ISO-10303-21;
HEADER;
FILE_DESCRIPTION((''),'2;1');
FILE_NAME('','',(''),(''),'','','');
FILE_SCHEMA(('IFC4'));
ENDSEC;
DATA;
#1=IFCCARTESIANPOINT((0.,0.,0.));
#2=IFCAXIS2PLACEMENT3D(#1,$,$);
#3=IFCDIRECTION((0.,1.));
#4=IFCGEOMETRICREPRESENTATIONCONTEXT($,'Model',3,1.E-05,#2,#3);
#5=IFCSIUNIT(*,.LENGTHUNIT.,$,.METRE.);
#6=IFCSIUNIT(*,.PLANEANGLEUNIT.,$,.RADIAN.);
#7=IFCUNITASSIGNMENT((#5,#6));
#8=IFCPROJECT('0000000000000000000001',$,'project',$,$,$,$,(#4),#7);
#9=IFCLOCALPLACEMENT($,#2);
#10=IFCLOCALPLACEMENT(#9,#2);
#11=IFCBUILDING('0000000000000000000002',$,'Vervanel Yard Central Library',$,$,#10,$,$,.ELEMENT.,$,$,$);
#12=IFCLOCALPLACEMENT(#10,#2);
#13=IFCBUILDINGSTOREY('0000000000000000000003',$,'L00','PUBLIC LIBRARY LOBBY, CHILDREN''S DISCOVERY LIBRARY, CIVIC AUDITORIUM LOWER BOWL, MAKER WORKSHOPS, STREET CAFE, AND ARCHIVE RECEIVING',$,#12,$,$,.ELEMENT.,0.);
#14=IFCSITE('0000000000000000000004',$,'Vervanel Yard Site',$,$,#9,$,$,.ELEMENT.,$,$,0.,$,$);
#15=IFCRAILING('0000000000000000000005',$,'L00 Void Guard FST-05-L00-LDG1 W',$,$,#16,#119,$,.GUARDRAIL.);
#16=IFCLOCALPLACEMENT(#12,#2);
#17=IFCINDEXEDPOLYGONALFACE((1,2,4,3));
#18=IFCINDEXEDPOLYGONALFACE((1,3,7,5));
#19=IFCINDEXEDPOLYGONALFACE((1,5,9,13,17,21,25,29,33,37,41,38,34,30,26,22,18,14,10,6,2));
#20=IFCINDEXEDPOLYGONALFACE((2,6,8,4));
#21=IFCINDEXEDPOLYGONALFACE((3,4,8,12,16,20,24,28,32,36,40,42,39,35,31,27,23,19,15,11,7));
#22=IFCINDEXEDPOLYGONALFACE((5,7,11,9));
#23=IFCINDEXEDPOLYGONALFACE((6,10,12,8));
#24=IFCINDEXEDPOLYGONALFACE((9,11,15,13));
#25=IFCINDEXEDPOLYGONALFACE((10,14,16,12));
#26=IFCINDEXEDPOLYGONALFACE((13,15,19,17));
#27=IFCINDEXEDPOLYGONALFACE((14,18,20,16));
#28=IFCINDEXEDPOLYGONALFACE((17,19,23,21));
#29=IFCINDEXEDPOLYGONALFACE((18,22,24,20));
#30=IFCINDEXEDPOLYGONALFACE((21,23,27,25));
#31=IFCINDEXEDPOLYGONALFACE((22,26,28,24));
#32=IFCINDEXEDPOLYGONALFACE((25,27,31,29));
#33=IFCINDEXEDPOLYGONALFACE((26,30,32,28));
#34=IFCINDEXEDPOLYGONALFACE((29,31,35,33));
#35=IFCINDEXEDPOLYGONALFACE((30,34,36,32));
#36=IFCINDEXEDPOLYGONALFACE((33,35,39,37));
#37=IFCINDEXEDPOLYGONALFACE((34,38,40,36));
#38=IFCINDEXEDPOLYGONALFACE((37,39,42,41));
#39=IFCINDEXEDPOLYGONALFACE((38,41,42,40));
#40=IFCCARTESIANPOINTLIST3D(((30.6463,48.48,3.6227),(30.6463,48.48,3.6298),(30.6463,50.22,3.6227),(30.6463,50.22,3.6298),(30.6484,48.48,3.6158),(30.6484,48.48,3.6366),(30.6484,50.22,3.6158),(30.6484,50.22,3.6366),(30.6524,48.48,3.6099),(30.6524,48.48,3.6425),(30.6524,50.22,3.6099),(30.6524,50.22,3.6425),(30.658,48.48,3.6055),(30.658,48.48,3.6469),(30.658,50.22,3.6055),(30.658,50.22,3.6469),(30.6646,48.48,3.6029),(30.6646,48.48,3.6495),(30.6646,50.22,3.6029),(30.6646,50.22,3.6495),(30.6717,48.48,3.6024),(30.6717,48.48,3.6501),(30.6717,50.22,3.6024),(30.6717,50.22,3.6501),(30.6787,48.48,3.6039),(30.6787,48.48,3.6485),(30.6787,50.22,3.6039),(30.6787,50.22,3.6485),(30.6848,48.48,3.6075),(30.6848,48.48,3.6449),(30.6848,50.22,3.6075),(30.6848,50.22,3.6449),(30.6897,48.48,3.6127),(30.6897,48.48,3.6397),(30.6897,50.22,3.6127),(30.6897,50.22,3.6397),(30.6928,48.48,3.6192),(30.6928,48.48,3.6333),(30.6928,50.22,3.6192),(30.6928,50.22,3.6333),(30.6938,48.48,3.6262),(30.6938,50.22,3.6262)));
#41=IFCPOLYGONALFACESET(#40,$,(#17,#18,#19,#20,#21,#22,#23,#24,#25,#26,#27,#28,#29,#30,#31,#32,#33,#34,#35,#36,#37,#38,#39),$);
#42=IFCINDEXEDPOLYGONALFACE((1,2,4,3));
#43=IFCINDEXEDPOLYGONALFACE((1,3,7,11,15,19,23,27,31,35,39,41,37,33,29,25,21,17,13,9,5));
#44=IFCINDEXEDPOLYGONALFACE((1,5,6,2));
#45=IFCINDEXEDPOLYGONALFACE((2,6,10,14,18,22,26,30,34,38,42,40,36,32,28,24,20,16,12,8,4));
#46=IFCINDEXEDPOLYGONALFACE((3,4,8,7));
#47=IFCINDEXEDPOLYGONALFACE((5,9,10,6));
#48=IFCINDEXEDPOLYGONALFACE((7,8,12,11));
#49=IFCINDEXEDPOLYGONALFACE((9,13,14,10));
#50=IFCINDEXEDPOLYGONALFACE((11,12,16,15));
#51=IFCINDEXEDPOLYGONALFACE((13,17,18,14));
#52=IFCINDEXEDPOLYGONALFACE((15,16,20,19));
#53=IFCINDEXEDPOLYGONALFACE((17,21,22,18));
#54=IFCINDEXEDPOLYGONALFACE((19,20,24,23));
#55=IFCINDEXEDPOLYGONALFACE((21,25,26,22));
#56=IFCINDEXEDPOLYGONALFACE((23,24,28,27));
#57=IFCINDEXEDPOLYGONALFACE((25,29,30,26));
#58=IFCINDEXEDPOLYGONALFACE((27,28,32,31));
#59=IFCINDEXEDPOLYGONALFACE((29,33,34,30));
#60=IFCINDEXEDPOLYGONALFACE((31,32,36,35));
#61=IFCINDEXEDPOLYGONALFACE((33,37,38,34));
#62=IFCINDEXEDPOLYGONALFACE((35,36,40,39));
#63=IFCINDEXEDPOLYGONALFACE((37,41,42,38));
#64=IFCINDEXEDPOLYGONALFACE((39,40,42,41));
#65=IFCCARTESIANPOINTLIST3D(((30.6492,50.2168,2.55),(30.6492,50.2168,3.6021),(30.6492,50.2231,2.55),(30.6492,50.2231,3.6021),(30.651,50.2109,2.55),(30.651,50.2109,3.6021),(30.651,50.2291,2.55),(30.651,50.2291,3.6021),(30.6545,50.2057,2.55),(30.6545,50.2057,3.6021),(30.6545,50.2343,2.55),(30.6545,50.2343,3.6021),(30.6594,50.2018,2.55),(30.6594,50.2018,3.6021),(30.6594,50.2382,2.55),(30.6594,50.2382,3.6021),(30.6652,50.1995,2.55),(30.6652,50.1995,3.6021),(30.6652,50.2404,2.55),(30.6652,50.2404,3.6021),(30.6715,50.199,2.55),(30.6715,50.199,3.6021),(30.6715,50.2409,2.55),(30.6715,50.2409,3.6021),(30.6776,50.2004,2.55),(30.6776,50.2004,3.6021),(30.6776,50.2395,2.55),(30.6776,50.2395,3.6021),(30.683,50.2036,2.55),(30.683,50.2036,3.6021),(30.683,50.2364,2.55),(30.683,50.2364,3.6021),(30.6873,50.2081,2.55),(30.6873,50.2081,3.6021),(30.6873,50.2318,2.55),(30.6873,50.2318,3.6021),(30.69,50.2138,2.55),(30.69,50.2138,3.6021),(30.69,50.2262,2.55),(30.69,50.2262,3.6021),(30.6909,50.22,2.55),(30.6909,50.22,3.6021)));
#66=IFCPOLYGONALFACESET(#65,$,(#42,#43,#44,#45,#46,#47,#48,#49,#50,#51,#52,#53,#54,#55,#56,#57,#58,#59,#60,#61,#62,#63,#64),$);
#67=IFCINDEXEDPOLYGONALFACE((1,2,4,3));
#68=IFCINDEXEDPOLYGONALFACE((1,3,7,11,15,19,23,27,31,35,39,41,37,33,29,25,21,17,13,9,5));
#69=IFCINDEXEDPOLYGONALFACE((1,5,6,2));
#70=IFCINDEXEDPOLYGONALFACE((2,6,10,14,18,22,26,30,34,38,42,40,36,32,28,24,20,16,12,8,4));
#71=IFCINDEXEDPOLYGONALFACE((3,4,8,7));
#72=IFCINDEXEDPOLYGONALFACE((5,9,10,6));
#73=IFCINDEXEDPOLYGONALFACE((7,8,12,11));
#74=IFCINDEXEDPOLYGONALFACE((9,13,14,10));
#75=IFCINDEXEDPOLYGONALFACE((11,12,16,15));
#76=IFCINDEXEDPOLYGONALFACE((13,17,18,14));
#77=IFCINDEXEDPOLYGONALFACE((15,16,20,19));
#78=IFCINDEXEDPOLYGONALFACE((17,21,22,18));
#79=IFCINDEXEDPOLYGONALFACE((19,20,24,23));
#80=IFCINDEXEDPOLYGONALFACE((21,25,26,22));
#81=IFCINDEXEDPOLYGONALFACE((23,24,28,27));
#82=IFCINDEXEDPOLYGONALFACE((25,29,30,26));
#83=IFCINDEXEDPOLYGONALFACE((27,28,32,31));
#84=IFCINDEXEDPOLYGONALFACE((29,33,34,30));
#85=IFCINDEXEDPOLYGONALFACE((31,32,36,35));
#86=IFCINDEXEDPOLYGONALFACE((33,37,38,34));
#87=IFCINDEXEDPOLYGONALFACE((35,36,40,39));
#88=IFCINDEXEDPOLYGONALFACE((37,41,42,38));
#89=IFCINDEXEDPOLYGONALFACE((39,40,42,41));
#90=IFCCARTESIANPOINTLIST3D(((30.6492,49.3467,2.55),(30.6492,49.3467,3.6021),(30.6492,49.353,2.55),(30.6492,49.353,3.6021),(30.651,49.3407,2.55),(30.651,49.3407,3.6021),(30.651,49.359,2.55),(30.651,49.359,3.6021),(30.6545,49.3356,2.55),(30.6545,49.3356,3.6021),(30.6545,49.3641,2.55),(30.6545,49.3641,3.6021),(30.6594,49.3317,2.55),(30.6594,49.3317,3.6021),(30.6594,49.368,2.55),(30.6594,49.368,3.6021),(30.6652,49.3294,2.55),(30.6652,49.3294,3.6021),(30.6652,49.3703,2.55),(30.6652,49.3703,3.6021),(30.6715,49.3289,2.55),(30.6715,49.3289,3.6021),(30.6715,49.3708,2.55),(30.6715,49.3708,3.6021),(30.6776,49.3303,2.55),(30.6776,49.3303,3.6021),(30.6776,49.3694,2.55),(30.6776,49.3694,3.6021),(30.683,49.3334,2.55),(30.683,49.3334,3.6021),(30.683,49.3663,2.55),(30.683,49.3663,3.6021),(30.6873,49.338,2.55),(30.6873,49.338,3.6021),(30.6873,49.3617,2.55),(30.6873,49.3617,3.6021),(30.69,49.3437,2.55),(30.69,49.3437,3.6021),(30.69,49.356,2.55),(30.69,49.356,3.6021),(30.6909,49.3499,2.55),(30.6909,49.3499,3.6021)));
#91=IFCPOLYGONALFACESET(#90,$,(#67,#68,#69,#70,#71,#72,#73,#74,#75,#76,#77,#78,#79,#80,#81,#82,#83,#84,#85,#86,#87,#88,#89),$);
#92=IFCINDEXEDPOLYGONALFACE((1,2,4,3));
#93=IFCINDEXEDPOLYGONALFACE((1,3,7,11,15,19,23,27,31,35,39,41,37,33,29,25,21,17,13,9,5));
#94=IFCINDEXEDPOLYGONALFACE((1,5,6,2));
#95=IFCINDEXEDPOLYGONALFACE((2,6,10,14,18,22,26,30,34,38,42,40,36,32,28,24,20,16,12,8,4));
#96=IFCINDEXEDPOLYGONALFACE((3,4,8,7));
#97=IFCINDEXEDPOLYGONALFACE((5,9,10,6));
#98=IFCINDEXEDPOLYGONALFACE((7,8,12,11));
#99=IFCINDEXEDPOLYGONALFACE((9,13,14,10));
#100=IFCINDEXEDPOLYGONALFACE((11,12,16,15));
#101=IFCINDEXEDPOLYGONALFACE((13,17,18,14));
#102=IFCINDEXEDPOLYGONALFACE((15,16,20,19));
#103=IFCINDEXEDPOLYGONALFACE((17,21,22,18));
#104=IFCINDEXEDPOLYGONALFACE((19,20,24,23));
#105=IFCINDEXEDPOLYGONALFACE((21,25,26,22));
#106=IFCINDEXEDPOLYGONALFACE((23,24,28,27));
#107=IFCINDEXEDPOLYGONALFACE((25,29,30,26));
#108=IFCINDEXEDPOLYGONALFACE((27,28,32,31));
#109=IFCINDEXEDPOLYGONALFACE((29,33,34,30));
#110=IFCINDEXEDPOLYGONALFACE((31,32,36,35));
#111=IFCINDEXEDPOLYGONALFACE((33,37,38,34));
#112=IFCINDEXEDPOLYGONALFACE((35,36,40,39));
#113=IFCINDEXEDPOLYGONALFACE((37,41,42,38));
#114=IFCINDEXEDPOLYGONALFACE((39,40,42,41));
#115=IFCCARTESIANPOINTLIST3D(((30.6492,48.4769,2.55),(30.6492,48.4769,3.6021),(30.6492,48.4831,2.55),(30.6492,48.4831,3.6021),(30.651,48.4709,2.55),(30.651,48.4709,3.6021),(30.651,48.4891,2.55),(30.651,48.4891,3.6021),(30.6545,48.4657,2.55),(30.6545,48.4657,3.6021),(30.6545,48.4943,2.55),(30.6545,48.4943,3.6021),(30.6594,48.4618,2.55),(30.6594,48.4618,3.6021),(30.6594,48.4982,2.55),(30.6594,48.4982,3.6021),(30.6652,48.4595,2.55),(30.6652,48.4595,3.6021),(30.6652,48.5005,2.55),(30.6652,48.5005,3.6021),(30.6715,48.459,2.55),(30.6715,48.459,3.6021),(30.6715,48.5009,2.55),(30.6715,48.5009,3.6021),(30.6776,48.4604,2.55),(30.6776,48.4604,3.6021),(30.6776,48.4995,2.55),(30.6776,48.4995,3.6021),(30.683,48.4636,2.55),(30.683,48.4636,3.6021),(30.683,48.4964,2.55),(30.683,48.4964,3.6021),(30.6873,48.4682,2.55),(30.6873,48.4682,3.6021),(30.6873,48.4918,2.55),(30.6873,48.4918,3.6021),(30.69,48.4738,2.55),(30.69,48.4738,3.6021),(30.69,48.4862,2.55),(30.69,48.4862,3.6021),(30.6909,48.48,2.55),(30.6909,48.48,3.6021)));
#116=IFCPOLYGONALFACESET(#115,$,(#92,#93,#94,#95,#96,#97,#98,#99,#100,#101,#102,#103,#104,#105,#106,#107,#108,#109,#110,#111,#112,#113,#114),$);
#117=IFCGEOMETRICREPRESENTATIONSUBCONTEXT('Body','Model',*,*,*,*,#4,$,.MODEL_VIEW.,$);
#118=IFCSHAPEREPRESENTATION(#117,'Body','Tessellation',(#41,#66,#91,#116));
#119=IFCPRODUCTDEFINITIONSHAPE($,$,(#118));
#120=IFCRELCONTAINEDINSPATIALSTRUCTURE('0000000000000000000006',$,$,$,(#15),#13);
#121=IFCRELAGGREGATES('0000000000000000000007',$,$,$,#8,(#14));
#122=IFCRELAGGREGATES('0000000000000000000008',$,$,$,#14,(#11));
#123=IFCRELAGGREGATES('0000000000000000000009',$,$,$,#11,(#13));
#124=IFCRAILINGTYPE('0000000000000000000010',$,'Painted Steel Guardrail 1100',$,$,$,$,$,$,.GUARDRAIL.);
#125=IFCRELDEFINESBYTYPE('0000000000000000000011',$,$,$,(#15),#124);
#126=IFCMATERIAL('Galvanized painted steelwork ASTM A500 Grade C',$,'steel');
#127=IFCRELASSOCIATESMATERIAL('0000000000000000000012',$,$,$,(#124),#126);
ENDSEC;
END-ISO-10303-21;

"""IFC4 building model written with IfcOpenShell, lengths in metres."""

from ifc_helpers import new_model, si_unit, direction, frame, origin, origin_2d, place, context, subcontext, project, spatial, circle, extrude, material, type_object, element, save


model = new_model("IFC4")

# Units and contexts
model_context = context("Model", 3, precision=1e-05, world=origin(), true_north=direction((0.0, 1.0)))
body_context = subcontext(model_context, "Body", "Model", "MODEL_VIEW")
ifc_project = project(units=[si_unit("LENGTHUNIT", "METRE"), si_unit("PLANEANGLEUNIT", "RADIAN")], contexts=[model_context])

# Site, building, storey
site_placement = place(None, origin())
site = spatial("IfcSite", under=ifc_project, at=site_placement, Name="Vervanel Yard Site", CompositionType="ELEMENT", RefElevation=0.0)
building_placement = place(site_placement, origin())
building = spatial("IfcBuilding", under=site, at=building_placement, Name="Vervanel Yard Central Library", CompositionType="ELEMENT")
storey_placement = place(building_placement, origin())
storey = spatial("IfcBuildingStorey", under=building, at=storey_placement, Name="L00", Description="PUBLIC LIBRARY LOBBY, CHILDREN'S DISCOVERY LIBRARY, CIVIC AUDITORIUM LOWER BOWL, MAKER WORKSHOPS, STREET CAFE, AND ARCHIVE RECEIVING", CompositionType="ELEMENT", Elevation=0.0)

# Railing
ifc_material_1 = material(Name="Galvanized painted steelwork ASTM A500 Grade C", Category="steel")
railing_type = type_object("IfcRailingType", Name="Painted Steel Guardrail 1100", PredefinedType="GUARDRAIL", material=ifc_material_1)
railing_placement = place(storey_placement, frame((30.6699, 50.22, 2.55)))
element("IfcRailing", 1, at=railing_placement, inside=storey, type_object=railing_type, Name="L00 Void Guard FST-05-L00-LDG1 W", PredefinedType="GUARDRAIL", context=body_context, shape_type="SweptSolid", body=[
    extrude(circle(Radius=0.0239, at=origin_2d()), frame((0.0, 0.0, 1.0762), z_axis=(0.0, -1.0, 0.0), x_axis=(1.0, 0.0, 0.0)), (0.0, 0.0, 1.0), 1.74),
    extrude(circle(Radius=0.021, at=origin_2d()), origin(), (0.0, 0.0, 1.0), 1.052),
    extrude(circle(Radius=0.021, at=origin_2d()), frame((0.0, -0.8701, 0.0)), (0.0, 0.0, 1.0), 1.052),
    extrude(circle(Radius=0.021, at=origin_2d()), frame((0.0, -1.74, 0.0)), (0.0, 0.0, 1.0), 1.052),
])

save(model, "model.ifc")
